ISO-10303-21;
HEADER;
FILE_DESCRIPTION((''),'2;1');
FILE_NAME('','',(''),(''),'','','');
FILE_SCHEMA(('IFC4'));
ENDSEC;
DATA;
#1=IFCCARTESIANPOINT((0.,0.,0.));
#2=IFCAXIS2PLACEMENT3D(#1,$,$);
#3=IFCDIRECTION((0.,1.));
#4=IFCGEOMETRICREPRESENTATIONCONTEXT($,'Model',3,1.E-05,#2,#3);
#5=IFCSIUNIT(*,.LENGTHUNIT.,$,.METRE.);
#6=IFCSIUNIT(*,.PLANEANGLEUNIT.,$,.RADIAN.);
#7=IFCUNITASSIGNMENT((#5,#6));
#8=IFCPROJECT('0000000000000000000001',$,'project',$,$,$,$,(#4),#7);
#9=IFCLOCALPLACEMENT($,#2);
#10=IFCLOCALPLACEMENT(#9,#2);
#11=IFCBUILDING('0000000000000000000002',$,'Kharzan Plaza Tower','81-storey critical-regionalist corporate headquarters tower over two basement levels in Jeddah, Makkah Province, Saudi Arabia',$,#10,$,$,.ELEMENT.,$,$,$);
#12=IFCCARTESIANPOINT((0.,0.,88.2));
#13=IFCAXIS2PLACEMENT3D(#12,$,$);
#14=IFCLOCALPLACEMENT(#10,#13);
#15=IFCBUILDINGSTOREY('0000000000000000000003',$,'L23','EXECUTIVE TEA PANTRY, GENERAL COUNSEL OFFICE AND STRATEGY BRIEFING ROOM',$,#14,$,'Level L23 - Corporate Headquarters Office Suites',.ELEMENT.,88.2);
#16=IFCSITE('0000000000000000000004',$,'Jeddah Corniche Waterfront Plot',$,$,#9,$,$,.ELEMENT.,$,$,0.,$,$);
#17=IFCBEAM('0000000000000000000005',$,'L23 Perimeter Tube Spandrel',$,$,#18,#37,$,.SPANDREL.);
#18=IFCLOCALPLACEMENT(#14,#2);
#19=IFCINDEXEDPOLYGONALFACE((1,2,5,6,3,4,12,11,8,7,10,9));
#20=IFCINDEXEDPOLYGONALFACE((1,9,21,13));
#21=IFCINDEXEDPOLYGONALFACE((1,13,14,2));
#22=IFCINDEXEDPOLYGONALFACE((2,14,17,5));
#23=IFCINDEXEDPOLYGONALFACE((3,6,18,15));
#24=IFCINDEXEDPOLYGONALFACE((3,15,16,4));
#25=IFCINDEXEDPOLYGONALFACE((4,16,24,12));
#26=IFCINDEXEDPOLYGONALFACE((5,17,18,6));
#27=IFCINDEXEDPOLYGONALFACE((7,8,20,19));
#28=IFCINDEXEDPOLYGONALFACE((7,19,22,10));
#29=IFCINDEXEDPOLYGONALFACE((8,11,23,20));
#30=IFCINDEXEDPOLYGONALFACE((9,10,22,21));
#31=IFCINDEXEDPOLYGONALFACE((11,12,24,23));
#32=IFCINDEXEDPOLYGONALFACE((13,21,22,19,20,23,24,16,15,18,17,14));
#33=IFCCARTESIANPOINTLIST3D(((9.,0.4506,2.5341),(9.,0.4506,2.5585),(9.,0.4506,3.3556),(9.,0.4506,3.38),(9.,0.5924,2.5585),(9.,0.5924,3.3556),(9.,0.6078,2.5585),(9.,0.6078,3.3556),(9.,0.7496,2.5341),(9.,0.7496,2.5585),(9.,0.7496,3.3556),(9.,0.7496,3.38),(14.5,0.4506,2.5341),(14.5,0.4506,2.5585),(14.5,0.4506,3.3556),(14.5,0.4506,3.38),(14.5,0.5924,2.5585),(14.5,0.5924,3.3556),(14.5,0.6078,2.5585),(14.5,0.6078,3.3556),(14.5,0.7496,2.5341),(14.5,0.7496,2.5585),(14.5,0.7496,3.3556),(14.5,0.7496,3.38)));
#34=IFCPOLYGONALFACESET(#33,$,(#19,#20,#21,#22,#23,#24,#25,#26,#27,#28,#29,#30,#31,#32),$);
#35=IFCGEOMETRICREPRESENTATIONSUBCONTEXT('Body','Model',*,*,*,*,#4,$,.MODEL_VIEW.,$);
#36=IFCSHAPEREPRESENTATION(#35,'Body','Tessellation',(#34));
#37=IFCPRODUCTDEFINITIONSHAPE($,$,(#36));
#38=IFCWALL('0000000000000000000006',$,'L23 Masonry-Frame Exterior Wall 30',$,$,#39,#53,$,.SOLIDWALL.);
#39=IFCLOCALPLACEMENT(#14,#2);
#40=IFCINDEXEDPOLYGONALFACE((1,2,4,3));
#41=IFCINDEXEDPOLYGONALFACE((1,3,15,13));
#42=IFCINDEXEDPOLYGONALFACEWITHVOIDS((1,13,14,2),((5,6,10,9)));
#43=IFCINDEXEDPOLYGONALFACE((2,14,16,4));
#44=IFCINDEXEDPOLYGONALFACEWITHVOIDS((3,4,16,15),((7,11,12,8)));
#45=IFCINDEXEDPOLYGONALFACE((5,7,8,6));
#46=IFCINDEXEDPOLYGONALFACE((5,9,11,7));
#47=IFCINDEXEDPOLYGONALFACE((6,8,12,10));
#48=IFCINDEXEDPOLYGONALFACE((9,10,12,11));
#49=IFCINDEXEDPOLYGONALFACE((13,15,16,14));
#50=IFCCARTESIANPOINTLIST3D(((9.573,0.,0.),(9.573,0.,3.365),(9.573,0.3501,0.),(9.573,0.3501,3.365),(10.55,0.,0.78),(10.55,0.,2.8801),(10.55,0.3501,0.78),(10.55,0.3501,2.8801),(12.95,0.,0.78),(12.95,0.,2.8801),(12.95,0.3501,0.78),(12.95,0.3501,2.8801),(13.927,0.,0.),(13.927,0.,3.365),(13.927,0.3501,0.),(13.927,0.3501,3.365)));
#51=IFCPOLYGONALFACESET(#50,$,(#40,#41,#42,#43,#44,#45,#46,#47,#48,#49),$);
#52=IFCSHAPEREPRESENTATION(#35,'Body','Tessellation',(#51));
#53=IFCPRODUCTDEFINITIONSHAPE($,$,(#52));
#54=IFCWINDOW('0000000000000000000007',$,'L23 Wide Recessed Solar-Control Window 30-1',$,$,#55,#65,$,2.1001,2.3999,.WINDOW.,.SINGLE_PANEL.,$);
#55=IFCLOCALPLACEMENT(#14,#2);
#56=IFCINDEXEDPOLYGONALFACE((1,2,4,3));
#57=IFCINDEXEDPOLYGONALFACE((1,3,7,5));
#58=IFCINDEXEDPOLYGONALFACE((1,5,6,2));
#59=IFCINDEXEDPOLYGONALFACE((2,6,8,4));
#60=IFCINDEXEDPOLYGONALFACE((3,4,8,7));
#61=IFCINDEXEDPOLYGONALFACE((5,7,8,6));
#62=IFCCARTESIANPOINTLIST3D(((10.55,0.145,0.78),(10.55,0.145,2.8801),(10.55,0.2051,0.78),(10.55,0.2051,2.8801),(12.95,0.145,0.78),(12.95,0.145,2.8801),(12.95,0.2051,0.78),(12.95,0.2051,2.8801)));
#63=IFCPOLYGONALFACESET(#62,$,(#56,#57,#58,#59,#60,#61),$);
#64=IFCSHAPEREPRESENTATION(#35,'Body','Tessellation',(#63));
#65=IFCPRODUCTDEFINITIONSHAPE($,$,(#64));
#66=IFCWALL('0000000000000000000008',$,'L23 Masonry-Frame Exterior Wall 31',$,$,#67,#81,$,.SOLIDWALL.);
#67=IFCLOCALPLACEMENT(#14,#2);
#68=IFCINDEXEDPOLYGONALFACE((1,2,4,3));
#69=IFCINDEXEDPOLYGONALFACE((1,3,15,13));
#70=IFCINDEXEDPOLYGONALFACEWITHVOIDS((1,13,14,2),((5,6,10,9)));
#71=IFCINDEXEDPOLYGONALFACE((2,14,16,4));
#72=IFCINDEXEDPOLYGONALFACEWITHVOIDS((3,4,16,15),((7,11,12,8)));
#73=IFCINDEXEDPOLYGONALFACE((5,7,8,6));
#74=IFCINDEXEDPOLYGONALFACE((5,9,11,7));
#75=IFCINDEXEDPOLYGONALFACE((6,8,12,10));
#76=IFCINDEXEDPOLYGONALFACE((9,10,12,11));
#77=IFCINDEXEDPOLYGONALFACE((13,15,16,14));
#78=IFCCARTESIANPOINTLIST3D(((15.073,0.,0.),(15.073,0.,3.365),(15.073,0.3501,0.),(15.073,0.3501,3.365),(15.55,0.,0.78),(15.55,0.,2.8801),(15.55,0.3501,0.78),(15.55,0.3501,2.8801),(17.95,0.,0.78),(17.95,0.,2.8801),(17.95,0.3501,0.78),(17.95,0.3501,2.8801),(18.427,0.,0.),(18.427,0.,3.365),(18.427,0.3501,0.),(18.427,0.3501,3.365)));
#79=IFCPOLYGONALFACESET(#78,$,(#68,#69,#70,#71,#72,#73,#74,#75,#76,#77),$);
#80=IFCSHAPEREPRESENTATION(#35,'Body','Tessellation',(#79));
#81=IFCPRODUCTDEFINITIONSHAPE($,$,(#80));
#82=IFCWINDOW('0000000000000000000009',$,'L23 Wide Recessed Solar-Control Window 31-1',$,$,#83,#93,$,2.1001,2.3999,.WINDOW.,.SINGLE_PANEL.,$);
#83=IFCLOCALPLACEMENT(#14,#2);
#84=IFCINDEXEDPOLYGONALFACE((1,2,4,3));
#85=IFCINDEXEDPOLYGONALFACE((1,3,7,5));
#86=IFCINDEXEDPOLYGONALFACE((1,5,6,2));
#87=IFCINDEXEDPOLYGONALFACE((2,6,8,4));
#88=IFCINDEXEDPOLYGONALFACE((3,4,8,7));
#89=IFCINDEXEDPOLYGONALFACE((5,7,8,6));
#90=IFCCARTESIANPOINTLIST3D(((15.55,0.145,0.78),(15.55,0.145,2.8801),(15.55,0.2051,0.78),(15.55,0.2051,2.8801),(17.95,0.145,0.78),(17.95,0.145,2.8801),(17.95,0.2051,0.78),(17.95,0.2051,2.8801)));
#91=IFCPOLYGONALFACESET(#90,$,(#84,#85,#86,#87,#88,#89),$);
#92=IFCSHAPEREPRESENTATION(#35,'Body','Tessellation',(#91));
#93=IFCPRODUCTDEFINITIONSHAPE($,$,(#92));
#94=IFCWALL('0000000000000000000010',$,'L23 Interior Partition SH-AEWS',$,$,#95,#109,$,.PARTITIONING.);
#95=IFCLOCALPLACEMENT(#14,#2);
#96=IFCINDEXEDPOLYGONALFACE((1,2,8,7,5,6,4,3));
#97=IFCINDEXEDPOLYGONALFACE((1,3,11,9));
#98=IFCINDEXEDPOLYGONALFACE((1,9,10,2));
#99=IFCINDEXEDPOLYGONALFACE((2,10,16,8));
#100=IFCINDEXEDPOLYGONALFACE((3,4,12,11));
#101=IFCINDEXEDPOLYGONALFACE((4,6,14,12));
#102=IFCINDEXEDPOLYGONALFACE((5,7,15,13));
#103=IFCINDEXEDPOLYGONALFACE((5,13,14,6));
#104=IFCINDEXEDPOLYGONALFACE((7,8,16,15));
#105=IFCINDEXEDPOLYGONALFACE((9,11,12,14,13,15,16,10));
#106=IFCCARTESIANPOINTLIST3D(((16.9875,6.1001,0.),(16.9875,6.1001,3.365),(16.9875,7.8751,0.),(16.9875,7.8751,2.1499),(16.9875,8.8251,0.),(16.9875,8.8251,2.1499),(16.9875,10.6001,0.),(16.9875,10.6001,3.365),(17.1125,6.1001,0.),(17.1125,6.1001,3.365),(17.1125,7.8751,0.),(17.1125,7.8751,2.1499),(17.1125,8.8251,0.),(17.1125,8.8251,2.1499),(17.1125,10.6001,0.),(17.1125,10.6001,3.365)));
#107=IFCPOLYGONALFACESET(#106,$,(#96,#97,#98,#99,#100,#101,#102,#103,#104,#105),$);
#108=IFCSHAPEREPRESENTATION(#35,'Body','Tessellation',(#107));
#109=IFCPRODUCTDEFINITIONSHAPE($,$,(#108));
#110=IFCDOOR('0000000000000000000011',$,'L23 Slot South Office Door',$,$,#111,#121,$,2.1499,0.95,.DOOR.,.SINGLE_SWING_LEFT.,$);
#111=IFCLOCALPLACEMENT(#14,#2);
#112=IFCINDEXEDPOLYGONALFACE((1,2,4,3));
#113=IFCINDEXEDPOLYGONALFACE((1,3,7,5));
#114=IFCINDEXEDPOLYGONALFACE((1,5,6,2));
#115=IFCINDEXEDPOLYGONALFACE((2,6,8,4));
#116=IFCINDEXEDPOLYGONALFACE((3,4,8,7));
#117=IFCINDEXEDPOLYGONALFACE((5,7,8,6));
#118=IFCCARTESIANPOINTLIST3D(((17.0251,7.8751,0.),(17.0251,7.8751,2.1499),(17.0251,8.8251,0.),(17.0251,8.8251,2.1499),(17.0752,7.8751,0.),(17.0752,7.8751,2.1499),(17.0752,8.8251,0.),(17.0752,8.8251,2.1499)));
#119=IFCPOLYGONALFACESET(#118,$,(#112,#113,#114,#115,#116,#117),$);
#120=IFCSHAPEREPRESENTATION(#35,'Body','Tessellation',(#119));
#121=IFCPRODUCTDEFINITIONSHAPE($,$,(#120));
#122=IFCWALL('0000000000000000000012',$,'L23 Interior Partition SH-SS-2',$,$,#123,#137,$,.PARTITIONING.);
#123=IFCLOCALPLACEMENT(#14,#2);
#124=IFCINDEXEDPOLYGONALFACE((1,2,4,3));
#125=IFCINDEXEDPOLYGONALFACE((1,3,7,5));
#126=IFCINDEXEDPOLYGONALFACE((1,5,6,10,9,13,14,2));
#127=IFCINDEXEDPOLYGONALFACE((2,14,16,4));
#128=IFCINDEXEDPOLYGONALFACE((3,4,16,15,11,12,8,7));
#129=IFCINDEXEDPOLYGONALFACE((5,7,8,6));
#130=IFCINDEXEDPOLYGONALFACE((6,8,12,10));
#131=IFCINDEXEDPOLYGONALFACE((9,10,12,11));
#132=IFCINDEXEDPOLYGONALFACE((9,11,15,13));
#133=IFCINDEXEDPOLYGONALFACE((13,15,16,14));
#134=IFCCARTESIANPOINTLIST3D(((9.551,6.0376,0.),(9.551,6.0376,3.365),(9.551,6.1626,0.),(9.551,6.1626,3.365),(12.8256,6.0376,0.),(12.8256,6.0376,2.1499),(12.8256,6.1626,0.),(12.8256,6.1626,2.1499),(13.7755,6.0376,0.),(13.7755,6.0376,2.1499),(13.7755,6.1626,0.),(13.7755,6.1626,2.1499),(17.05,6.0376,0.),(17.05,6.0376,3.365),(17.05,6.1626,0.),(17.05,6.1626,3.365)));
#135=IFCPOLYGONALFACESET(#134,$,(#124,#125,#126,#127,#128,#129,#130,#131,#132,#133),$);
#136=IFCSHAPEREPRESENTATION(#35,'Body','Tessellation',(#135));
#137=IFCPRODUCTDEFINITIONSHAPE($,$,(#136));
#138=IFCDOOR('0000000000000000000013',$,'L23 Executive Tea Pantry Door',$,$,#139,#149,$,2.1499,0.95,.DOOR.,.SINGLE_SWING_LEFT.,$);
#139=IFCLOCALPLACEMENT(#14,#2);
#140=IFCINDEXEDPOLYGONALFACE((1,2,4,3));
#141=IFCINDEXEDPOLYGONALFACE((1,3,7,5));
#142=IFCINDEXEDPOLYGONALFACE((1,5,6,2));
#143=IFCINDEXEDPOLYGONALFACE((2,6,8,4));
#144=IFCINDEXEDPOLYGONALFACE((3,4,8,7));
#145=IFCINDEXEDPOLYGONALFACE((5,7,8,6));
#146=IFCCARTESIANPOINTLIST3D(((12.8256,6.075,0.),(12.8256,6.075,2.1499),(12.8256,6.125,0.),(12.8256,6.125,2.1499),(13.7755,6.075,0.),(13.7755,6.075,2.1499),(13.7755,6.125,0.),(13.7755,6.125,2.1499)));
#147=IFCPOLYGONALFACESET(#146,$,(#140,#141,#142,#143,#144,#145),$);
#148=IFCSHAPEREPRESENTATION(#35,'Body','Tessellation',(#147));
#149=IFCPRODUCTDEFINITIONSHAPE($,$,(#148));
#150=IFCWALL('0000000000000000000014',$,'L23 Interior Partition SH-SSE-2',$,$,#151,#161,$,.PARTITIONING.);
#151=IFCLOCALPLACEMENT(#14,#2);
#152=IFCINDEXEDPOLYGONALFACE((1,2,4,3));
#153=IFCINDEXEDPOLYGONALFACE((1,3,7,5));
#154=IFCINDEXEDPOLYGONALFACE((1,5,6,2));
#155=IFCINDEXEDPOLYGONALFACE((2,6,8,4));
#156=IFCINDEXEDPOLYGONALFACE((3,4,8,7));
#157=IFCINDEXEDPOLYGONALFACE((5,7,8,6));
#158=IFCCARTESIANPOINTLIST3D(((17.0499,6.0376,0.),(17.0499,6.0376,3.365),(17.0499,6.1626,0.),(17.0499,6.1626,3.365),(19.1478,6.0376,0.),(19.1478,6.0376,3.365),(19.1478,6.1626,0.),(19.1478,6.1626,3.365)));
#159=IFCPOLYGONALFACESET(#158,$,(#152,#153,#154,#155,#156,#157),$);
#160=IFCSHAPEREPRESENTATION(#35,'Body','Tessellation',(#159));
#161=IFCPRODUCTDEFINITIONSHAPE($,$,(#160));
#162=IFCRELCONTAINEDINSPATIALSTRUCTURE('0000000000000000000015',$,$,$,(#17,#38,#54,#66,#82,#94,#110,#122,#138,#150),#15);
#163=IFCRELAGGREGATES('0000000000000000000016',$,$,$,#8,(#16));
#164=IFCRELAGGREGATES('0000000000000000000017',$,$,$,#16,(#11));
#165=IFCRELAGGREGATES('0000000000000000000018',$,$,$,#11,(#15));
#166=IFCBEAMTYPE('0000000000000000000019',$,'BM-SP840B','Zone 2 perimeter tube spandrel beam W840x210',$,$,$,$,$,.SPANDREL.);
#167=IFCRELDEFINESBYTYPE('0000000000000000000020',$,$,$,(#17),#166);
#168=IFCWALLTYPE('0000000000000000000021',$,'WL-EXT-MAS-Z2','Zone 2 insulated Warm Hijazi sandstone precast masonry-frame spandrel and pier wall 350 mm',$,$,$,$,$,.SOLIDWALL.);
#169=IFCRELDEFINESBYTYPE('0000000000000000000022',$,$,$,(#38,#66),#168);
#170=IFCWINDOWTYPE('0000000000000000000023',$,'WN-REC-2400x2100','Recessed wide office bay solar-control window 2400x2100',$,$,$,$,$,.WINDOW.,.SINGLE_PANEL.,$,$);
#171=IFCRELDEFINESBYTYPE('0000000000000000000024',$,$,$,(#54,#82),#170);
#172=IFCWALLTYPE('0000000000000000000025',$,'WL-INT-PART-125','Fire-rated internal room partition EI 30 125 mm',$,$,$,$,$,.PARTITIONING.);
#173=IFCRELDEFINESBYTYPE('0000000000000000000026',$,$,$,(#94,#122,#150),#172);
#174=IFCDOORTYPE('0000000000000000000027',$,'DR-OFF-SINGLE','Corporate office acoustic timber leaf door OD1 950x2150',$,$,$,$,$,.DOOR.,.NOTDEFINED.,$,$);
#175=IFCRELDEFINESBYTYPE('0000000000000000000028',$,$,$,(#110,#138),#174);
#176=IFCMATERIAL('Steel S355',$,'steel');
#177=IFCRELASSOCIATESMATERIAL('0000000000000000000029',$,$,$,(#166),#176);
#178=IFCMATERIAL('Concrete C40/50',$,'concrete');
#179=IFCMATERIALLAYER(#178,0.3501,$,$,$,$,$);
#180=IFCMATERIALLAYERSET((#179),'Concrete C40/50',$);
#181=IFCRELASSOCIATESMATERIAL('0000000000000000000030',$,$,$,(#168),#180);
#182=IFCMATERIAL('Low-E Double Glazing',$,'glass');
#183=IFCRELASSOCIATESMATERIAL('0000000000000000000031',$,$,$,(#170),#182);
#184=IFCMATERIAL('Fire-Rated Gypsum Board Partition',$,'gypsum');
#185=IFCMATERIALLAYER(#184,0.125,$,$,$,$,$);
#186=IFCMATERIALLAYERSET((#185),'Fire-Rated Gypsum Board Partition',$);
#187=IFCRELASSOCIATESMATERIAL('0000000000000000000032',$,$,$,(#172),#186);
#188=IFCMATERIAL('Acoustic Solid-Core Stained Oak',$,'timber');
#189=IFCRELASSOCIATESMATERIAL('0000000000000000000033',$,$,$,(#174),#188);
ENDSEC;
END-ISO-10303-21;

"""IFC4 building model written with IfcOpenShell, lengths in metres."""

from ifc_helpers import new_model, si_unit, direction, frame, frame_2d, origin, origin_2d, place, context, subcontext, project, spatial, rectangle, i_section, extrude, source, transform, mapped, material, layer, layer_set, material_profile, profile_set, type_object, element, fill, save


model = new_model("IFC4")

# Units and contexts
model_context = context("Model", 3, precision=1e-05, world=origin(), true_north=direction((0.0, 1.0)))
body_context = subcontext(model_context, "Body", "Model", "MODEL_VIEW")
ifc_project = project(units=[si_unit("LENGTHUNIT", "METRE"), si_unit("PLANEANGLEUNIT", "RADIAN")], contexts=[model_context])

# Site, building, storey
site_placement = place(None, origin())
site = spatial("IfcSite", under=ifc_project, at=site_placement, Name="Jeddah Corniche Waterfront Plot", CompositionType="ELEMENT", RefElevation=0.0)
building_placement = place(site_placement, origin())
building = spatial("IfcBuilding", under=site, at=building_placement, Name="Kharzan Plaza Tower", Description="81-storey critical-regionalist corporate headquarters tower over two basement levels in Jeddah, Makkah Province, Saudi Arabia", CompositionType="ELEMENT")
storey_placement = place(building_placement, frame((0.0, 0.0, 88.2)))
storey = spatial("IfcBuildingStorey", under=building, at=storey_placement, Name="L23", Description="EXECUTIVE TEA PANTRY, GENERAL COUNSEL OFFICE AND STRATEGY BRIEFING ROOM", LongName="Level L23 - Corporate Headquarters Office Suites", CompositionType="ELEMENT", Elevation=88.2)

# Beam
ifc_material_1 = material(Name="Steel S355", Category="steel")
ifc_material_profile_1 = material_profile(ifc_material_1, i_section(OverallWidth=0.2991, OverallDepth=0.8459, WebThickness=0.0154, FlangeThickness=0.0244, at=origin_2d()), Name="W840x210")
ifc_profile_set_1 = profile_set([ifc_material_profile_1], Name="Steel S355")
beam_type_1 = type_object("IfcBeamType", Name="BM-SP840B", Description="Zone 2 perimeter tube spandrel beam W840x210", PredefinedType="SPANDREL", material=ifc_profile_set_1)
shared_shape_1 = source(origin(), body_context, "Body", "SweptSolid", [
    extrude(i_section(OverallWidth=0.2991, OverallDepth=0.8459, WebThickness=0.0154, FlangeThickness=0.0244, at=origin_2d()), origin(), (0.0, 0.0, 1.0), 5.5),
])
beam_1_placement = place(storey_placement, frame((9.0, 0.6001, 2.957), z_axis=(1.0, 0.0, 0.0), x_axis=(0.0, 1.0, 0.0)))
element("IfcBeam", 1, at=beam_1_placement, inside=storey, type_object=beam_type_1, Name="L23 Perimeter Tube Spandrel", PredefinedType="SPANDREL", context=body_context, shape_type="MappedRepresentation", body=[
    mapped(shared_shape_1, transform((0.0, 0.0, 0.0), x_axis=(1.0, 0.0, 0.0), y_axis=(0.0, 1.0, 0.0), z_axis=(0.0, 0.0, 1.0))),
])

# Walls, openings, windows
ifc_material_2 = material(Name="Concrete C40/50", Category="concrete")
ifc_layer_1 = layer(ifc_material_2, 0.3501)
ifc_layer_set_1 = layer_set([ifc_layer_1], Name="Concrete C40/50")
wall_type_1 = type_object("IfcWallType", Name="WL-EXT-MAS-Z2", Description="Zone 2 insulated Warm Hijazi sandstone precast masonry-frame spandrel and pier wall 350 mm", PredefinedType="SOLIDWALL", material=ifc_layer_set_1)
wall_1_placement = place(storey_placement, frame((9.573, 0.175, 0.0), z_axis=(0.0, 0.0, 1.0), x_axis=(1.0, 0.0, 0.0)))
wall_1 = element("IfcWall", 2, at=wall_1_placement, inside=storey, type_object=wall_type_1, Name="L23 Masonry-Frame Exterior Wall 30", PredefinedType="SOLIDWALL", context=body_context, shape_type="SweptSolid", body=[
    extrude(rectangle(XDim=4.354, YDim=0.3501, at=frame_2d((2.177, 0.0))), origin(), (0.0, 0.0, 1.0), 3.365),
])
opening_1_placement = place(wall_1_placement, frame((0.9771, 0.0, 0.78)))
opening_1 = element("IfcOpeningElement", 3, at=opening_1_placement, cuts=wall_1, PredefinedType="OPENING", context=body_context, shape_type="SweptSolid", body=[
    extrude(rectangle(XDim=2.3999, YDim=2.1001, at=frame_2d((1.2, 1.05))), frame((0.0, 0.1851, 0.0), z_axis=(0.0, -1.0, 0.0), x_axis=(1.0, 0.0, 0.0)), (0.0, 0.0, 1.0), 0.3701),
])
ifc_material_3 = material(Name="Low-E Double Glazing", Category="glass")
window_type = type_object("IfcWindowType", Name="WN-REC-2400x2100", Description="Recessed wide office bay solar-control window 2400x2100", PartitioningType="SINGLE_PANEL", PredefinedType="WINDOW", material=ifc_material_3)
shared_shape_2 = source(origin(), body_context, "Body", "SweptSolid", [
    extrude(rectangle(XDim=2.3999, YDim=2.1001, at=frame_2d((1.2, 1.05))), frame((0.0, 0.03, 0.0), z_axis=(0.0, -1.0, 0.0), x_axis=(1.0, 0.0, 0.0)), (0.0, 0.0, 1.0), 0.0601),
])
window_1_placement = place(opening_1_placement, origin())
window_1 = element("IfcWindow", 4, at=window_1_placement, inside=storey, type_object=window_type, Name="L23 Wide Recessed Solar-Control Window 30-1", OverallHeight=2.1001, OverallWidth=2.3999, PartitioningType="SINGLE_PANEL", PredefinedType="WINDOW", context=body_context, shape_type="MappedRepresentation", body=[
    mapped(shared_shape_2, transform((0.0, 0.0, 0.0), x_axis=(1.0, 0.0, 0.0), y_axis=(0.0, 1.0, 0.0), z_axis=(0.0, 0.0, 1.0))),
])
fill(opening_1, window_1)
wall_2_placement = place(storey_placement, frame((15.073, 0.175, 0.0), z_axis=(0.0, 0.0, 1.0), x_axis=(1.0, 0.0, 0.0)))
wall_2 = element("IfcWall", 5, at=wall_2_placement, inside=storey, type_object=wall_type_1, Name="L23 Masonry-Frame Exterior Wall 31", PredefinedType="SOLIDWALL", context=body_context, shape_type="SweptSolid", body=[
    extrude(rectangle(XDim=3.354, YDim=0.3501, at=frame_2d((1.677, 0.0))), origin(), (0.0, 0.0, 1.0), 3.365),
])
opening_2_placement = place(wall_2_placement, frame((0.4771, 0.0, 0.78)))
opening_2 = element("IfcOpeningElement", 6, at=opening_2_placement, cuts=wall_2, PredefinedType="OPENING", context=body_context, shape_type="SweptSolid", body=[
    extrude(rectangle(XDim=2.3999, YDim=2.1001, at=frame_2d((1.2, 1.05))), frame((0.0, 0.1851, 0.0), z_axis=(0.0, -1.0, 0.0), x_axis=(1.0, 0.0, 0.0)), (0.0, 0.0, 1.0), 0.3701),
])
window_2_placement = place(opening_2_placement, origin())
window_2 = element("IfcWindow", 7, at=window_2_placement, inside=storey, type_object=window_type, Name="L23 Wide Recessed Solar-Control Window 31-1", OverallHeight=2.1001, OverallWidth=2.3999, PartitioningType="SINGLE_PANEL", PredefinedType="WINDOW", context=body_context, shape_type="MappedRepresentation", body=[
    mapped(shared_shape_2, transform((0.0, 0.0, 0.0), x_axis=(1.0, 0.0, 0.0), y_axis=(0.0, 1.0, 0.0), z_axis=(0.0, 0.0, 1.0))),
])
fill(opening_2, window_2)

# Walls, openings, doors
ifc_material_4 = material(Name="Fire-Rated Gypsum Board Partition", Category="gypsum")
ifc_layer_2 = layer(ifc_material_4, 0.125)
ifc_layer_set_2 = layer_set([ifc_layer_2], Name="Fire-Rated Gypsum Board Partition")
wall_type_2 = type_object("IfcWallType", Name="WL-INT-PART-125", Description="Fire-rated internal room partition EI 30 125 mm", PredefinedType="PARTITIONING", material=ifc_layer_set_2)
wall_3_placement = place(storey_placement, frame((17.05, 6.1001, 0.0), z_axis=(0.0, 0.0, 1.0), x_axis=(0.0, 1.0, 0.0)))
wall_3 = element("IfcWall", 8, at=wall_3_placement, inside=storey, type_object=wall_type_2, Name="L23 Interior Partition SH-AEWS", PredefinedType="PARTITIONING", context=body_context, shape_type="SweptSolid", body=[
    extrude(rectangle(XDim=4.5, YDim=0.125, at=frame_2d((2.25, 0.0))), origin(), (0.0, 0.0, 1.0), 3.365),
])
opening_3_placement = place(wall_3_placement, frame((1.7749, 0.0, 0.0)))
opening_3 = element("IfcOpeningElement", 9, at=opening_3_placement, cuts=wall_3, PredefinedType="OPENING", context=body_context, shape_type="SweptSolid", body=[
    extrude(rectangle(XDim=0.95, YDim=2.1499, at=frame_2d((0.4751, 1.075))), frame((0.0, 0.0725, 0.0), z_axis=(0.0, -1.0, 0.0), x_axis=(1.0, 0.0, 0.0)), (0.0, 0.0, 1.0), 0.145),
])
ifc_material_5 = material(Name="Acoustic Solid-Core Stained Oak", Category="timber")
door_type = type_object("IfcDoorType", Name="DR-OFF-SINGLE", Description="Corporate office acoustic timber leaf door OD1 950x2150", OperationType="NOTDEFINED", PredefinedType="DOOR", material=ifc_material_5)
shared_shape_3 = source(origin(), body_context, "Body", "SweptSolid", [
    extrude(rectangle(XDim=0.95, YDim=2.1499, at=frame_2d((0.4751, 1.075))), frame((0.0, 0.0249, 0.0), z_axis=(0.0, -1.0, 0.0), x_axis=(1.0, 0.0, 0.0)), (0.0, 0.0, 1.0), 0.05),
])
door_1_placement = place(opening_3_placement, origin())
door_1 = element("IfcDoor", 10, at=door_1_placement, inside=storey, type_object=door_type, Name="L23 Slot South Office Door", OperationType="SINGLE_SWING_LEFT", OverallHeight=2.1499, OverallWidth=0.95, PredefinedType="DOOR", context=body_context, shape_type="MappedRepresentation", body=[
    mapped(shared_shape_3, transform((0.0, 0.0, 0.0), x_axis=(1.0, 0.0, 0.0), y_axis=(0.0, 1.0, 0.0), z_axis=(0.0, 0.0, 1.0))),
])
fill(opening_3, door_1)
wall_4_placement = place(storey_placement, frame((9.551, 6.1001, 0.0), z_axis=(0.0, 0.0, 1.0), x_axis=(1.0, 0.0, 0.0)))
wall_4 = element("IfcWall", 11, at=wall_4_placement, inside=storey, type_object=wall_type_2, Name="L23 Interior Partition SH-SS-2", PredefinedType="PARTITIONING", context=body_context, shape_type="SweptSolid", body=[
    extrude(rectangle(XDim=7.499, YDim=0.125, at=frame_2d((3.7495, 0.0))), origin(), (0.0, 0.0, 1.0), 3.365),
])
opening_4_placement = place(wall_4_placement, frame((3.2744, 0.0, 0.0)))
opening_4 = element("IfcOpeningElement", 12, at=opening_4_placement, cuts=wall_4, PredefinedType="OPENING", context=body_context, shape_type="SweptSolid", body=[
    extrude(rectangle(XDim=0.95, YDim=2.1499, at=frame_2d((0.4751, 1.075))), frame((0.0, 0.0725, 0.0), z_axis=(0.0, -1.0, 0.0), x_axis=(1.0, 0.0, 0.0)), (0.0, 0.0, 1.0), 0.145),
])
door_2_placement = place(opening_4_placement, origin())
door_2 = element("IfcDoor", 13, at=door_2_placement, inside=storey, type_object=door_type, Name="L23 Executive Tea Pantry Door", OperationType="SINGLE_SWING_LEFT", OverallHeight=2.1499, OverallWidth=0.95, PredefinedType="DOOR", context=body_context, shape_type="MappedRepresentation", body=[
    mapped(shared_shape_3, transform((0.0, 0.0, 0.0), x_axis=(1.0, 0.0, 0.0), y_axis=(0.0, 1.0, 0.0), z_axis=(0.0, 0.0, 1.0))),
])
fill(opening_4, door_2)

# Wall
shared_shape_4 = source(origin(), body_context, "Body", "SweptSolid", [
    extrude(rectangle(XDim=2.0979, YDim=0.125, at=frame_2d((1.0488, 0.0))), origin(), (0.0, 0.0, 1.0), 3.365),
])
wall_5_placement = place(storey_placement, frame((17.05, 6.1001, 0.0), z_axis=(0.0, 0.0, 1.0), x_axis=(1.0, 0.0, 0.0)))
element("IfcWall", 14, at=wall_5_placement, inside=storey, type_object=wall_type_2, Name="L23 Interior Partition SH-SSE-2", PredefinedType="PARTITIONING", context=body_context, shape_type="MappedRepresentation", body=[
    mapped(shared_shape_4, transform((0.0, 0.0, 0.0), x_axis=(1.0, 0.0, 0.0), y_axis=(0.0, 1.0, 0.0), z_axis=(0.0, 0.0, 1.0))),
])

save(model, "model.ifc")
